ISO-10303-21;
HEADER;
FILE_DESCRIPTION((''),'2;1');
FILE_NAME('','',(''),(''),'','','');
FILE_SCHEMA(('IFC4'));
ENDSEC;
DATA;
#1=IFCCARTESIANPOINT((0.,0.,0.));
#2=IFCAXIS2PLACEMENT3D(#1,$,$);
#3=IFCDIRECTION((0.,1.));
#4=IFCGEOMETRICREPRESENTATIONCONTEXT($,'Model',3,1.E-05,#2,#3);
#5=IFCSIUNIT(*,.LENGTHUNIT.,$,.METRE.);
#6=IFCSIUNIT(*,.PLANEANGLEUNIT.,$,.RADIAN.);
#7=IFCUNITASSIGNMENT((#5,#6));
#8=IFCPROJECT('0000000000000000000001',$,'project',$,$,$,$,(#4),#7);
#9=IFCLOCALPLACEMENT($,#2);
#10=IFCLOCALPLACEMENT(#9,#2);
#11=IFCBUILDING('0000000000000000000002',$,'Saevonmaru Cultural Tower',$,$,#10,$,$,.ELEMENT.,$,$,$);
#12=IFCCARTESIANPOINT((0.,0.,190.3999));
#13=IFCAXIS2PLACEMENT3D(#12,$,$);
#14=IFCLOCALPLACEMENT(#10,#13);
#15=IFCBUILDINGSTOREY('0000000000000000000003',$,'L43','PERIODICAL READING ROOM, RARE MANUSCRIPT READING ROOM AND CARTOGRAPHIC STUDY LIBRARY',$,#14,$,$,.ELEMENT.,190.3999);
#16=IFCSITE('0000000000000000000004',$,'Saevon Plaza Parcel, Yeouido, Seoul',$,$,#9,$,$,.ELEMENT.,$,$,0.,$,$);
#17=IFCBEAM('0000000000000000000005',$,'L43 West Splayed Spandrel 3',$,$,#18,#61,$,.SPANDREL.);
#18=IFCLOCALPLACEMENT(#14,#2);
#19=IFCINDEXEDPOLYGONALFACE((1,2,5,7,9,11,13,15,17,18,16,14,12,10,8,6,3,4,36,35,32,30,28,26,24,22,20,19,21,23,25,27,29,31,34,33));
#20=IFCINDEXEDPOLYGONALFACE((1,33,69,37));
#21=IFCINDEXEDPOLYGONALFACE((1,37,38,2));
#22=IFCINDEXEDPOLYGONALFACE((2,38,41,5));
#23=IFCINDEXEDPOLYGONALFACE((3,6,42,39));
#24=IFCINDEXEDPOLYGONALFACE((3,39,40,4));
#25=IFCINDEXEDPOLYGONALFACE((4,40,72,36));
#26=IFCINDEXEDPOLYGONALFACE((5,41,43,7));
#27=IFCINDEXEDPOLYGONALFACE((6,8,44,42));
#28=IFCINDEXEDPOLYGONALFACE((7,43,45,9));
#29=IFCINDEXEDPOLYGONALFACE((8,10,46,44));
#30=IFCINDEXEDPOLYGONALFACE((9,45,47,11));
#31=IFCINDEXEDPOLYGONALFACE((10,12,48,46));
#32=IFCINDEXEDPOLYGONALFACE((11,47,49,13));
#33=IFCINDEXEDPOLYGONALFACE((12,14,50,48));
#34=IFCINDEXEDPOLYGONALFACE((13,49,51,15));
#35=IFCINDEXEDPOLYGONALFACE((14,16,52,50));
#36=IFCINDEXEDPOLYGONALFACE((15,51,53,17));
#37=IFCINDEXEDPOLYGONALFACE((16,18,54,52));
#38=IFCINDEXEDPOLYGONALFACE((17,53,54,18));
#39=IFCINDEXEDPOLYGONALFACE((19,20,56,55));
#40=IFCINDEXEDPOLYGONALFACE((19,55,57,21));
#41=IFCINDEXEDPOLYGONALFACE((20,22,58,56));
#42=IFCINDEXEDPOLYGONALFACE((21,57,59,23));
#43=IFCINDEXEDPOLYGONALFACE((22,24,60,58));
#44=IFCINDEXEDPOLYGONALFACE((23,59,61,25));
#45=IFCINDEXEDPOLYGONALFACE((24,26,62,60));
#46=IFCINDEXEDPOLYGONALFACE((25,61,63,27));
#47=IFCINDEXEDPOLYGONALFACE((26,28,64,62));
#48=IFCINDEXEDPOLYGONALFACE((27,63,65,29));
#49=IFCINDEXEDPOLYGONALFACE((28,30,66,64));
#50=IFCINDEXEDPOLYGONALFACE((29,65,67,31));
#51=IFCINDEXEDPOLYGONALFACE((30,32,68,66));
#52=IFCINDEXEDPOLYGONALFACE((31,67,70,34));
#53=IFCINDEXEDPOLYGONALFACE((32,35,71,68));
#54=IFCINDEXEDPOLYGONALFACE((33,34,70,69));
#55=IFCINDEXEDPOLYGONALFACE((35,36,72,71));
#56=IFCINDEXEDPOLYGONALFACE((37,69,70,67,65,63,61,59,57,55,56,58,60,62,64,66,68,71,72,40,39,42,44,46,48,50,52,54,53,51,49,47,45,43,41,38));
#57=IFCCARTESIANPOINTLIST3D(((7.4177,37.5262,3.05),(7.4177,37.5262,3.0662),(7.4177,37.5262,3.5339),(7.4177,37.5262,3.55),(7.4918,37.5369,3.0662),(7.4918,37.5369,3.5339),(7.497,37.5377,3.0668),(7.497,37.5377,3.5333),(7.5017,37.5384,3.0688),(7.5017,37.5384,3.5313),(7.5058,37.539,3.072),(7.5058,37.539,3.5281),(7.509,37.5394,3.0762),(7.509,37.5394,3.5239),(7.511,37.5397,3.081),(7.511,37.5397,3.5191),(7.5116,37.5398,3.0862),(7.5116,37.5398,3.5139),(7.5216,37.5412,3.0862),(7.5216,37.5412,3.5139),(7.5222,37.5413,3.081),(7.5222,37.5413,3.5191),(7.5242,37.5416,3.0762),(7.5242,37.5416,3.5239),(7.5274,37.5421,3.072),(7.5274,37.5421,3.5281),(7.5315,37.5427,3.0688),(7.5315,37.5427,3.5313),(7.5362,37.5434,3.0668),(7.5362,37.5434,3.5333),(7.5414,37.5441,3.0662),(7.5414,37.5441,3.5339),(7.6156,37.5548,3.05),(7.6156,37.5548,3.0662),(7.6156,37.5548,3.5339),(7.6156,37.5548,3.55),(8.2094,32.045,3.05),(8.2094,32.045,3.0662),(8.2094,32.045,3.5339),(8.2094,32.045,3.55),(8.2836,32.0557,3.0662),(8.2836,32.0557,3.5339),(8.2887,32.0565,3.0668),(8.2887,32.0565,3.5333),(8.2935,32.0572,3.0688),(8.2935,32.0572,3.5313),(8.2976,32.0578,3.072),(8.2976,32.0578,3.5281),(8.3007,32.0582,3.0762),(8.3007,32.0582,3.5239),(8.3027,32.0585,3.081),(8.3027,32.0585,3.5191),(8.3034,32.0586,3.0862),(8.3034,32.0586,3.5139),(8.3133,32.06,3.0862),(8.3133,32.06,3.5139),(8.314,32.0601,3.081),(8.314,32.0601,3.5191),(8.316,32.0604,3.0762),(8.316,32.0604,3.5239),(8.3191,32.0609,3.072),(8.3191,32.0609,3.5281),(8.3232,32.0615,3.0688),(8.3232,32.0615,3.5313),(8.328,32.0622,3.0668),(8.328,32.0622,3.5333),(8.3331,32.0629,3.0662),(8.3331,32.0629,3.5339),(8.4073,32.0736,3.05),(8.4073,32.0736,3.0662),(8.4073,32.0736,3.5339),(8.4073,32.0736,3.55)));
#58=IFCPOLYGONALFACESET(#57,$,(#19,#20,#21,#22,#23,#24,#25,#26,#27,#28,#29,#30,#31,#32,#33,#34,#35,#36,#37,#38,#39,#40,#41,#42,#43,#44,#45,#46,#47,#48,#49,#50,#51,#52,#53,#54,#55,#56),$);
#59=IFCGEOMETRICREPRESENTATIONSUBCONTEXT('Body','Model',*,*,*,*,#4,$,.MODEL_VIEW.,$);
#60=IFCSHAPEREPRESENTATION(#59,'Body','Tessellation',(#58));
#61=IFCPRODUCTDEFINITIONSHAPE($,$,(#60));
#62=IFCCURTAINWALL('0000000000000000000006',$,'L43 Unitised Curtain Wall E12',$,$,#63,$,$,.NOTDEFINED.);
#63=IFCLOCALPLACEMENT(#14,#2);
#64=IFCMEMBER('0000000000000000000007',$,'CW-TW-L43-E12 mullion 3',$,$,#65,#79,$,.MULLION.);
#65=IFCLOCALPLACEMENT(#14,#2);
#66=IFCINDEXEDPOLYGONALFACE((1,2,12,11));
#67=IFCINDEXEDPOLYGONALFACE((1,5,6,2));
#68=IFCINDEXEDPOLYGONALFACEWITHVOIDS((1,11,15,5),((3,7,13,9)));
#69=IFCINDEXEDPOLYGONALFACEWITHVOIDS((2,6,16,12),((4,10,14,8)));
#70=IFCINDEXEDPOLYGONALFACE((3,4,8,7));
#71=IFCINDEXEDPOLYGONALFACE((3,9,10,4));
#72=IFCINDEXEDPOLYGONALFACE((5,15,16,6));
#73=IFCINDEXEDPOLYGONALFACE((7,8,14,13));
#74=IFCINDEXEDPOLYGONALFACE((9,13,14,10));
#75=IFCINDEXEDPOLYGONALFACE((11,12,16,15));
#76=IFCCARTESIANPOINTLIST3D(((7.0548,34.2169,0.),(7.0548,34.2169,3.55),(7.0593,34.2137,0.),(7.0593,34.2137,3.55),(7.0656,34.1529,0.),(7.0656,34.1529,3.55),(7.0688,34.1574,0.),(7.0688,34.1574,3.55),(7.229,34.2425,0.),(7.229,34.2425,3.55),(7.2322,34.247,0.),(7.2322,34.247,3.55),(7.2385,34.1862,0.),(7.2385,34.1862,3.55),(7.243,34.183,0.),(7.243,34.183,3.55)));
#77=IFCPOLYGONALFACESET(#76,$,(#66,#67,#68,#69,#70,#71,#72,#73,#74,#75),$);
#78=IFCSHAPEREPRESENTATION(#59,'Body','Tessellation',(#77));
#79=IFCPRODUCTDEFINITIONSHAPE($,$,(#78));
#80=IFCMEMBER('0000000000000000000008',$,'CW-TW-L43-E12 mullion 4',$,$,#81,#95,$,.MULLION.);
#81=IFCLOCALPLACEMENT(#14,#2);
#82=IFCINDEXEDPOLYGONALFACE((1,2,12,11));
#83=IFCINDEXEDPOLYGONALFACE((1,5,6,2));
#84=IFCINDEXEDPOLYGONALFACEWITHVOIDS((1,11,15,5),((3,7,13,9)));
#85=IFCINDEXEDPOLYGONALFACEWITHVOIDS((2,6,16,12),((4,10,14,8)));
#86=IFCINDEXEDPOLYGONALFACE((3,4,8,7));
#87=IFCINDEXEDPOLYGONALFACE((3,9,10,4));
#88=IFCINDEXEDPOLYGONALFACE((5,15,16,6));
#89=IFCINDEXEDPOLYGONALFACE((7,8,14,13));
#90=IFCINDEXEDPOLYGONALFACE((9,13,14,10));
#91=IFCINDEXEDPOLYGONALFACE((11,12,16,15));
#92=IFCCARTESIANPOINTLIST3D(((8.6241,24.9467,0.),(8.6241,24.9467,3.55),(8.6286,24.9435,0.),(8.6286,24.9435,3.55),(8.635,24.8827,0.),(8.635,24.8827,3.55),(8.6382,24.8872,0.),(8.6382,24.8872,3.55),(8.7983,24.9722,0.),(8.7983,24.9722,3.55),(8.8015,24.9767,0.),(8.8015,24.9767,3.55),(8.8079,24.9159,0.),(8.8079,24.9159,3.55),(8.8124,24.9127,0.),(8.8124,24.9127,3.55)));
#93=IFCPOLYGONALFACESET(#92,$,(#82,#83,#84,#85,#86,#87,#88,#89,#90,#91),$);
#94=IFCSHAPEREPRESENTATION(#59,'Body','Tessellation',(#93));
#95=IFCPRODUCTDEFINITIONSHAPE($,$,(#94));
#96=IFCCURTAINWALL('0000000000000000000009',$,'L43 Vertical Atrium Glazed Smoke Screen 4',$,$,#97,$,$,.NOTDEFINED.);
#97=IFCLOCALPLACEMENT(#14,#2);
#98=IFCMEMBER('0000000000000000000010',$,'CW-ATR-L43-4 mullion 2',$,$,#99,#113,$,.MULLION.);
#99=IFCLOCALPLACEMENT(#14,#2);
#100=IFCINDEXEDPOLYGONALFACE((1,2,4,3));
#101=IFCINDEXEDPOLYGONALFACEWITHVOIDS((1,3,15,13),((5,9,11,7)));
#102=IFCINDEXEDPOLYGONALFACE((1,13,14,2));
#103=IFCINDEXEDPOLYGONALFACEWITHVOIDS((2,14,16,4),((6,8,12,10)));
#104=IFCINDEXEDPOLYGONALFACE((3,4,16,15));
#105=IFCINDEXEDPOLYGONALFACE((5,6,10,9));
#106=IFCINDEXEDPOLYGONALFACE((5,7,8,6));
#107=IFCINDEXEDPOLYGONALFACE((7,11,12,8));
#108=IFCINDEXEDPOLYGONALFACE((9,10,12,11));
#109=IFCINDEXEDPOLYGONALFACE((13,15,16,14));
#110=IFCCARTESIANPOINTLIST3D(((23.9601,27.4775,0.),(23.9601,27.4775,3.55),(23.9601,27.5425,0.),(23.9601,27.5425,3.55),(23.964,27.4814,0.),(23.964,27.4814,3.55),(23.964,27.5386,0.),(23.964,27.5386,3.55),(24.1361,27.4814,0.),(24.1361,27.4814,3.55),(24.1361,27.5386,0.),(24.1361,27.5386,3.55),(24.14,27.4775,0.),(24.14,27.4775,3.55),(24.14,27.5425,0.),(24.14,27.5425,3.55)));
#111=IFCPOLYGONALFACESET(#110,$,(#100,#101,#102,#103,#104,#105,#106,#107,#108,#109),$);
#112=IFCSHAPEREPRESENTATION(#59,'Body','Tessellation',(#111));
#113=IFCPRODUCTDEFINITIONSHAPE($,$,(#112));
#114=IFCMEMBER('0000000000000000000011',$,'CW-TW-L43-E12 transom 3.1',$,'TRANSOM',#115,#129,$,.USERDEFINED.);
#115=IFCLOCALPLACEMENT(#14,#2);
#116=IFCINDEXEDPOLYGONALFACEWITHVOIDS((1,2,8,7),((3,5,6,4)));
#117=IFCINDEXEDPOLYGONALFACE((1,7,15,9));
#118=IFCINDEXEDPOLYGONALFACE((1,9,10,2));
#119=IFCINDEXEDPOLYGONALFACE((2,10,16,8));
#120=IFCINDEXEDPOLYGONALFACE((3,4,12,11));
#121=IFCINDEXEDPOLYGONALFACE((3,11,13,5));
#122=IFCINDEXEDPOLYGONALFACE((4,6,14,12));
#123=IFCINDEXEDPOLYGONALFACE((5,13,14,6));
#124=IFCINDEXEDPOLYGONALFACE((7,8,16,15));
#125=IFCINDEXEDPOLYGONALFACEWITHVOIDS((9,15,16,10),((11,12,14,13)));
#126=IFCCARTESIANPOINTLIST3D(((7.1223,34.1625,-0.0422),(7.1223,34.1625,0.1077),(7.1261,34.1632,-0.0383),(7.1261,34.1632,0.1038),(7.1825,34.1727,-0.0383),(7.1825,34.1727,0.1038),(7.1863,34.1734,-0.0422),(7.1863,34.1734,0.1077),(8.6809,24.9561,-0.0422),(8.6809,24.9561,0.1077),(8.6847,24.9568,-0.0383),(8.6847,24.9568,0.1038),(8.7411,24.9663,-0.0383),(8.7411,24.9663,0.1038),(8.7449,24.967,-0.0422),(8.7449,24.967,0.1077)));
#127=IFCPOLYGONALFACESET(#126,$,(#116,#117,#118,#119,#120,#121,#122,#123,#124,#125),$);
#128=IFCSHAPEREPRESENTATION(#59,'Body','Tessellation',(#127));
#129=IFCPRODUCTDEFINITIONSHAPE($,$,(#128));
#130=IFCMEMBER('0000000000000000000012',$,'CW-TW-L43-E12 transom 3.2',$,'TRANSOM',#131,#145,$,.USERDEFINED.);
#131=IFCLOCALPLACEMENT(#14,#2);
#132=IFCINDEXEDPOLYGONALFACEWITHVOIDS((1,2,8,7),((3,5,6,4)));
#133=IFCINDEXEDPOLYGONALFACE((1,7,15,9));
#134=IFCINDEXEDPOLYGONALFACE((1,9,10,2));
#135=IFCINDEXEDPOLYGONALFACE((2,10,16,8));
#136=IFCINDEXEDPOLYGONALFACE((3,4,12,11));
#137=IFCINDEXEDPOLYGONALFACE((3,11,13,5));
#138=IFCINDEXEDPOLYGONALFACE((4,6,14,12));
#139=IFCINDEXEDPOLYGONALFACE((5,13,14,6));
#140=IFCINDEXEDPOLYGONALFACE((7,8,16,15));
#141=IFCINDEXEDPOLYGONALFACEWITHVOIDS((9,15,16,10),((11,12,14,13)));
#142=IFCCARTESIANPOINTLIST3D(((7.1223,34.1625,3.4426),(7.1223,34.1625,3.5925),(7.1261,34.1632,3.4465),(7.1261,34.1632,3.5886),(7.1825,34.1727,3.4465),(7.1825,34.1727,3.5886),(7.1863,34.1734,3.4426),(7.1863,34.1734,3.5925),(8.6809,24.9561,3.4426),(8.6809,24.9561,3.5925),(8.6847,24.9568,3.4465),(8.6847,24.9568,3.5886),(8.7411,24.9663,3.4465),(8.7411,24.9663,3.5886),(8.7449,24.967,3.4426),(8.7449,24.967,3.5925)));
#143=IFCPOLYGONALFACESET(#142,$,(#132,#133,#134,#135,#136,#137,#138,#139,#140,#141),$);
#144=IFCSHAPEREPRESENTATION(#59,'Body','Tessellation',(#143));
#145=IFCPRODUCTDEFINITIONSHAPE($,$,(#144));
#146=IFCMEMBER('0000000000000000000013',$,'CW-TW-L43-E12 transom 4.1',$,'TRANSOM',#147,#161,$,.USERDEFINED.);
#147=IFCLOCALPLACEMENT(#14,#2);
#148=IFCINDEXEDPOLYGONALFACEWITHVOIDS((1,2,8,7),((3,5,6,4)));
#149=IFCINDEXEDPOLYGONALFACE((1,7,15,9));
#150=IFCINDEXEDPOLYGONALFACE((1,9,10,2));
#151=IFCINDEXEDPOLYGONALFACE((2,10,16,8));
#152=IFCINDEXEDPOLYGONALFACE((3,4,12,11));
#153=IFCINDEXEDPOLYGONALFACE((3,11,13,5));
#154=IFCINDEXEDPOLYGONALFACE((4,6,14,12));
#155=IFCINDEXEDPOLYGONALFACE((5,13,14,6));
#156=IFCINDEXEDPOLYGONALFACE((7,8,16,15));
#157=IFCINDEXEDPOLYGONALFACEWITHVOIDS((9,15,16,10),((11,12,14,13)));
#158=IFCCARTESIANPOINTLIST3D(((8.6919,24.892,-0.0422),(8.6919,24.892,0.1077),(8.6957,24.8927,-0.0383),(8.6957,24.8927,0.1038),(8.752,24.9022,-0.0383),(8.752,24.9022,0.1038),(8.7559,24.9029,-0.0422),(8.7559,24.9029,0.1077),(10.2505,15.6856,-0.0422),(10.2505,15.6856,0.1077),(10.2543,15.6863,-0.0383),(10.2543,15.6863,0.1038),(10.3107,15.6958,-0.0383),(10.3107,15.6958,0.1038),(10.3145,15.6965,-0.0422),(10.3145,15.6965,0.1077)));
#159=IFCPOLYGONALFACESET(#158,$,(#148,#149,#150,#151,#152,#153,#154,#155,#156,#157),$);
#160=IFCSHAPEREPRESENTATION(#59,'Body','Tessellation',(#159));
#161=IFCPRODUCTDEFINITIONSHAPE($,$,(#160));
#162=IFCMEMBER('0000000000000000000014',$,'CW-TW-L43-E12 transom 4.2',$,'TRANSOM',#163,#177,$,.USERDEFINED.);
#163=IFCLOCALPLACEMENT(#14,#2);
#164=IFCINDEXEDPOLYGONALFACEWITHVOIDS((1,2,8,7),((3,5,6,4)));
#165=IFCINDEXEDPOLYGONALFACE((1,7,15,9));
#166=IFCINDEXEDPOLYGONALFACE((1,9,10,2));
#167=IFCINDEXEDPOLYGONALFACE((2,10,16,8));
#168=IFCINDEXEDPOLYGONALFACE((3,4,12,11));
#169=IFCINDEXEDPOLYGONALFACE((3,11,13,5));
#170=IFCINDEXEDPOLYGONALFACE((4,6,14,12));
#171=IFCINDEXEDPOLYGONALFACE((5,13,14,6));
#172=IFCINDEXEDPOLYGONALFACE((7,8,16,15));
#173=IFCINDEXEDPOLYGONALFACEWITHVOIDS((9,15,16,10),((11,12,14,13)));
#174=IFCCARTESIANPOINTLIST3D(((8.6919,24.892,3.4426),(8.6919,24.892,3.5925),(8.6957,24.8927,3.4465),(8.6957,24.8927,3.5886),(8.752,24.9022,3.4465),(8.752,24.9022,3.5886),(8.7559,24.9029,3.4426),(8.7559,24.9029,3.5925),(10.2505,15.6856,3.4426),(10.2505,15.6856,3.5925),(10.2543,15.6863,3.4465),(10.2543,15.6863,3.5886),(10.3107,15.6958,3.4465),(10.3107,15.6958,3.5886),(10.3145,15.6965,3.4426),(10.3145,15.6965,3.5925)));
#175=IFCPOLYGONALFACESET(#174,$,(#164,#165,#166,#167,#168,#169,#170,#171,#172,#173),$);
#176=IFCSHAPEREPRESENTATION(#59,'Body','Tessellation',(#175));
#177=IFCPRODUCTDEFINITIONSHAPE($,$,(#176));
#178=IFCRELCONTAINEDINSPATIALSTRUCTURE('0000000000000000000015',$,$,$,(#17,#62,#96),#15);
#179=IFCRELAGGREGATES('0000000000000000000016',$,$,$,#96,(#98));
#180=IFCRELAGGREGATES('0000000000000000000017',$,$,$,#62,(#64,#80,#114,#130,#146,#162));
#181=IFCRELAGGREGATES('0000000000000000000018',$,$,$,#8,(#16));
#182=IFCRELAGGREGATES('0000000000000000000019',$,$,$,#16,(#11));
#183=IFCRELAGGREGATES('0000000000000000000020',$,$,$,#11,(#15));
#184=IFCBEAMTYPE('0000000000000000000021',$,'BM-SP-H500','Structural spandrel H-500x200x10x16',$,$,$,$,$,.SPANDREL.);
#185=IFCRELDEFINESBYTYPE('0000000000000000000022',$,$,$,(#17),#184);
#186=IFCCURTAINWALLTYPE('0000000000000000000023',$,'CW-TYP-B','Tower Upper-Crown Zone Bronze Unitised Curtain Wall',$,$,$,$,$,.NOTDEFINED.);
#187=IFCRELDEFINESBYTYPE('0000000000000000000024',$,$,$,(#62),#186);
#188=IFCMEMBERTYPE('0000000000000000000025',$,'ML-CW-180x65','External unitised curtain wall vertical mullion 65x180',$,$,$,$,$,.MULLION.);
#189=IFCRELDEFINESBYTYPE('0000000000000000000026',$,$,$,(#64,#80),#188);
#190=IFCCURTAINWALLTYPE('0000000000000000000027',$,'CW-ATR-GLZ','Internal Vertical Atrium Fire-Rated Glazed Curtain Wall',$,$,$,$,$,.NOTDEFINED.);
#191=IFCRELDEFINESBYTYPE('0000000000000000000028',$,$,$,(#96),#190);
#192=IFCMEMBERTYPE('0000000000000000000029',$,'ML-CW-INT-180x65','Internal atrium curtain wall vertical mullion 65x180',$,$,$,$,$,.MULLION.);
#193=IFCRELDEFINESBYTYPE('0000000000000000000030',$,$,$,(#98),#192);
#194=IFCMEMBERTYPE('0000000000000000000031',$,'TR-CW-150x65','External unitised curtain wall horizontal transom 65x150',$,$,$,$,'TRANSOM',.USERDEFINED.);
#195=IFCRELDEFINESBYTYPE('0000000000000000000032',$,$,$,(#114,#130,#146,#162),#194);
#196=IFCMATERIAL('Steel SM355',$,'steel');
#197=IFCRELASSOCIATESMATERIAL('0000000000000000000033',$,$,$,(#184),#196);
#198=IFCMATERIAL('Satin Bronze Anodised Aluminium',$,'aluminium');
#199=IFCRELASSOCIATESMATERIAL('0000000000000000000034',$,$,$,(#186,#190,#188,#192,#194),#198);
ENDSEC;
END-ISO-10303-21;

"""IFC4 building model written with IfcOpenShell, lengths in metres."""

from ifc_helpers import new_model, si_unit, direction, frame, origin, origin_2d, place, context, subcontext, project, spatial, hollow_rectangle, i_section, extrude, material, material_profile, profile_set, type_object, element, aggregate, save


model = new_model("IFC4")

# Units and contexts
model_context = context("Model", 3, precision=1e-05, world=origin(), true_north=direction((0.0, 1.0)))
body_context = subcontext(model_context, "Body", "Model", "MODEL_VIEW")
ifc_project = project(units=[si_unit("LENGTHUNIT", "METRE"), si_unit("PLANEANGLEUNIT", "RADIAN")], contexts=[model_context])

# Site, building, storey
site_placement = place(None, origin())
site = spatial("IfcSite", under=ifc_project, at=site_placement, Name="Saevon Plaza Parcel, Yeouido, Seoul", CompositionType="ELEMENT", RefElevation=0.0)
building_placement = place(site_placement, origin())
building = spatial("IfcBuilding", under=site, at=building_placement, Name="Saevonmaru Cultural Tower", CompositionType="ELEMENT")
storey_placement = place(building_placement, frame((0.0, 0.0, 190.3999)))
storey = spatial("IfcBuildingStorey", under=building, at=storey_placement, Name="L43", Description="PERIODICAL READING ROOM, RARE MANUSCRIPT READING ROOM AND CARTOGRAPHIC STUDY LIBRARY", CompositionType="ELEMENT", Elevation=190.3999)

# Shared definitions
ifc_material_1 = material(Name="Steel SM355", Category="steel")

# Beam
ifc_material_profile_1 = material_profile(ifc_material_1, i_section(OverallWidth=0.2, OverallDepth=0.5, WebThickness=0.01, FlangeThickness=0.0161, FilletRadius=0.02, at=origin_2d()), Name="H-500x200x10x16")
ifc_profile_set_1 = profile_set([ifc_material_profile_1], Name="Steel SM355")
beam_type_1 = type_object("IfcBeamType", Name="BM-SP-H500", Description="Structural spandrel H-500x200x10x16", PredefinedType="SPANDREL", material=ifc_profile_set_1)
beam_1_placement = place(storey_placement, frame((8.3083, 32.0593, 3.3), z_axis=(-0.142964, 0.989728, 0.0), x_axis=(-0.989728, -0.142964, 0.0)))
element("IfcBeam", 1, at=beam_1_placement, inside=storey, type_object=beam_type_1, Name="L43 West Splayed Spandrel 3", PredefinedType="SPANDREL", context=body_context, shape_type="SweptSolid", body=[
    extrude(i_section(OverallWidth=0.2, OverallDepth=0.5, WebThickness=0.01, FlangeThickness=0.0161, FilletRadius=0.02, at=origin_2d()), origin(), (0.0, 0.0, 1.0), 5.5381),
])

# Curtain wall, members
ifc_material_2 = material(Name="Satin Bronze Anodised Aluminium", Category="aluminium")
curtain_wall_type_1 = type_object("IfcCurtainWallType", Name="CW-TYP-B", Description="Tower Upper-Crown Zone Bronze Unitised Curtain Wall", PredefinedType="NOTDEFINED", material=ifc_material_2)
curtain_wall_1_placement = place(storey_placement, origin())
curtain_wall_1 = element("IfcCurtainWall", 2, at=curtain_wall_1_placement, inside=storey, type_object=curtain_wall_type_1, Name="L43 Unitised Curtain Wall E12", PredefinedType="NOTDEFINED")
ifc_material_profile_2 = material_profile(ifc_material_2, hollow_rectangle(XDim=0.0649, YDim=0.1799, WallThickness=0.0039, at=origin_2d()), Name="ALU-MULL-180x65x4")
ifc_profile_set_2 = profile_set([ifc_material_profile_2], Name="Satin Bronze Anodised Aluminium")
member_type_1 = type_object("IfcMemberType", Name="ML-CW-180x65", Description="External unitised curtain wall vertical mullion 65x180", PredefinedType="MULLION", material=ifc_profile_set_2)
member_1_placement = place(storey_placement, frame((7.1489, 34.2, 0.0), z_axis=(0.0, 0.0, 1.0), x_axis=(0.166922, -0.98597, 0.0)))
member_1 = element("IfcMember", 3, at=member_1_placement, type_object=member_type_1, Name="CW-TW-L43-E12 mullion 3", PredefinedType="MULLION", context=body_context, shape_type="SweptSolid", body=[
    extrude(hollow_rectangle(XDim=0.0649, YDim=0.1799, WallThickness=0.0039, at=origin_2d()), origin(), (0.0, 0.0, 1.0), 3.55),
])
member_2_placement = place(storey_placement, frame((8.7183, 24.9297, 0.0), z_axis=(0.0, 0.0, 1.0), x_axis=(0.166922, -0.98597, 0.0)))
member_2 = element("IfcMember", 4, at=member_2_placement, type_object=member_type_1, Name="CW-TW-L43-E12 mullion 4", PredefinedType="MULLION", context=body_context, shape_type="SweptSolid", body=[
    extrude(hollow_rectangle(XDim=0.0649, YDim=0.1799, WallThickness=0.0039, at=origin_2d()), origin(), (0.0, 0.0, 1.0), 3.55),
])

# Curtain wall, member
curtain_wall_type_2 = type_object("IfcCurtainWallType", Name="CW-ATR-GLZ", Description="Internal Vertical Atrium Fire-Rated Glazed Curtain Wall", PredefinedType="NOTDEFINED", material=ifc_material_2)
curtain_wall_2_placement = place(storey_placement, origin())
curtain_wall_2 = element("IfcCurtainWall", 5, at=curtain_wall_2_placement, inside=storey, type_object=curtain_wall_type_2, Name="L43 Vertical Atrium Glazed Smoke Screen 4", PredefinedType="NOTDEFINED")
ifc_material_profile_3 = material_profile(ifc_material_2, hollow_rectangle(XDim=0.0649, YDim=0.1799, WallThickness=0.0039, at=origin_2d()), Name="ALU-MULL-180x65x4")
ifc_profile_set_3 = profile_set([ifc_material_profile_3], Name="Satin Bronze Anodised Aluminium")
member_type_2 = type_object("IfcMemberType", Name="ML-CW-INT-180x65", Description="Internal atrium curtain wall vertical mullion 65x180", PredefinedType="MULLION", material=ifc_profile_set_3)
member_3_placement = place(storey_placement, frame((24.05, 27.51, 0.0), z_axis=(0.0, 0.0, 1.0), x_axis=(0.0, -1.0, 0.0)))
member_3 = element("IfcMember", 6, at=member_3_placement, type_object=member_type_2, Name="CW-ATR-L43-4 mullion 2", PredefinedType="MULLION", context=body_context, shape_type="SweptSolid", body=[
    extrude(hollow_rectangle(XDim=0.0649, YDim=0.1799, WallThickness=0.0039, at=origin_2d()), origin(), (0.0, 0.0, 1.0), 3.55),
])

# Members
ifc_material_profile_4 = material_profile(ifc_material_2, hollow_rectangle(XDim=0.0649, YDim=0.1499, WallThickness=0.0039, at=origin_2d()), Name="ALU-TRAN-150x65x4")
ifc_profile_set_4 = profile_set([ifc_material_profile_4], Name="Satin Bronze Anodised Aluminium")
member_type_3 = type_object("IfcMemberType", Name="TR-CW-150x65", Description="External unitised curtain wall horizontal transom 65x150", ElementType="TRANSOM", PredefinedType="USERDEFINED", material=ifc_profile_set_4)
member_4_placement = place(storey_placement, frame((7.1543, 34.168, 0.0327), z_axis=(0.166921, -0.98597, 0.0), x_axis=(0.98597, 0.166921, 0.0)))
member_4 = element("IfcMember", 7, at=member_4_placement, type_object=member_type_3, Name="CW-TW-L43-E12 transom 3.1", ObjectType="TRANSOM", PredefinedType="USERDEFINED", context=body_context, shape_type="SweptSolid", body=[
    extrude(hollow_rectangle(XDim=0.0649, YDim=0.1499, WallThickness=0.0039, at=origin_2d()), origin(), (0.0, 0.0, 1.0), 9.3374),
])
member_5_placement = place(storey_placement, frame((7.1543, 34.168, 3.5176), z_axis=(0.166921, -0.98597, 0.0), x_axis=(0.98597, 0.166921, 0.0)))
member_5 = element("IfcMember", 8, at=member_5_placement, type_object=member_type_3, Name="CW-TW-L43-E12 transom 3.2", ObjectType="TRANSOM", PredefinedType="USERDEFINED", context=body_context, shape_type="SweptSolid", body=[
    extrude(hollow_rectangle(XDim=0.0649, YDim=0.1499, WallThickness=0.0039, at=origin_2d()), origin(), (0.0, 0.0, 1.0), 9.3374),
])
member_6_placement = place(storey_placement, frame((8.7239, 24.8975, 0.0327), z_axis=(0.166921, -0.98597, 0.0), x_axis=(0.98597, 0.166921, 0.0)))
member_6 = element("IfcMember", 9, at=member_6_placement, type_object=member_type_3, Name="CW-TW-L43-E12 transom 4.1", ObjectType="TRANSOM", PredefinedType="USERDEFINED", context=body_context, shape_type="SweptSolid", body=[
    extrude(hollow_rectangle(XDim=0.0649, YDim=0.1499, WallThickness=0.0039, at=origin_2d()), origin(), (0.0, 0.0, 1.0), 9.3374),
])
member_7_placement = place(storey_placement, frame((8.7239, 24.8975, 3.5176), z_axis=(0.166921, -0.98597, 0.0), x_axis=(0.98597, 0.166921, 0.0)))
member_7 = element("IfcMember", 10, at=member_7_placement, type_object=member_type_3, Name="CW-TW-L43-E12 transom 4.2", ObjectType="TRANSOM", PredefinedType="USERDEFINED", context=body_context, shape_type="SweptSolid", body=[
    extrude(hollow_rectangle(XDim=0.0649, YDim=0.1499, WallThickness=0.0039, at=origin_2d()), origin(), (0.0, 0.0, 1.0), 9.3374),
])

aggregate(curtain_wall_2, [member_3])
aggregate(curtain_wall_1, [member_1, member_2, member_4, member_5, member_6, member_7])

save(model, "model.ifc")
